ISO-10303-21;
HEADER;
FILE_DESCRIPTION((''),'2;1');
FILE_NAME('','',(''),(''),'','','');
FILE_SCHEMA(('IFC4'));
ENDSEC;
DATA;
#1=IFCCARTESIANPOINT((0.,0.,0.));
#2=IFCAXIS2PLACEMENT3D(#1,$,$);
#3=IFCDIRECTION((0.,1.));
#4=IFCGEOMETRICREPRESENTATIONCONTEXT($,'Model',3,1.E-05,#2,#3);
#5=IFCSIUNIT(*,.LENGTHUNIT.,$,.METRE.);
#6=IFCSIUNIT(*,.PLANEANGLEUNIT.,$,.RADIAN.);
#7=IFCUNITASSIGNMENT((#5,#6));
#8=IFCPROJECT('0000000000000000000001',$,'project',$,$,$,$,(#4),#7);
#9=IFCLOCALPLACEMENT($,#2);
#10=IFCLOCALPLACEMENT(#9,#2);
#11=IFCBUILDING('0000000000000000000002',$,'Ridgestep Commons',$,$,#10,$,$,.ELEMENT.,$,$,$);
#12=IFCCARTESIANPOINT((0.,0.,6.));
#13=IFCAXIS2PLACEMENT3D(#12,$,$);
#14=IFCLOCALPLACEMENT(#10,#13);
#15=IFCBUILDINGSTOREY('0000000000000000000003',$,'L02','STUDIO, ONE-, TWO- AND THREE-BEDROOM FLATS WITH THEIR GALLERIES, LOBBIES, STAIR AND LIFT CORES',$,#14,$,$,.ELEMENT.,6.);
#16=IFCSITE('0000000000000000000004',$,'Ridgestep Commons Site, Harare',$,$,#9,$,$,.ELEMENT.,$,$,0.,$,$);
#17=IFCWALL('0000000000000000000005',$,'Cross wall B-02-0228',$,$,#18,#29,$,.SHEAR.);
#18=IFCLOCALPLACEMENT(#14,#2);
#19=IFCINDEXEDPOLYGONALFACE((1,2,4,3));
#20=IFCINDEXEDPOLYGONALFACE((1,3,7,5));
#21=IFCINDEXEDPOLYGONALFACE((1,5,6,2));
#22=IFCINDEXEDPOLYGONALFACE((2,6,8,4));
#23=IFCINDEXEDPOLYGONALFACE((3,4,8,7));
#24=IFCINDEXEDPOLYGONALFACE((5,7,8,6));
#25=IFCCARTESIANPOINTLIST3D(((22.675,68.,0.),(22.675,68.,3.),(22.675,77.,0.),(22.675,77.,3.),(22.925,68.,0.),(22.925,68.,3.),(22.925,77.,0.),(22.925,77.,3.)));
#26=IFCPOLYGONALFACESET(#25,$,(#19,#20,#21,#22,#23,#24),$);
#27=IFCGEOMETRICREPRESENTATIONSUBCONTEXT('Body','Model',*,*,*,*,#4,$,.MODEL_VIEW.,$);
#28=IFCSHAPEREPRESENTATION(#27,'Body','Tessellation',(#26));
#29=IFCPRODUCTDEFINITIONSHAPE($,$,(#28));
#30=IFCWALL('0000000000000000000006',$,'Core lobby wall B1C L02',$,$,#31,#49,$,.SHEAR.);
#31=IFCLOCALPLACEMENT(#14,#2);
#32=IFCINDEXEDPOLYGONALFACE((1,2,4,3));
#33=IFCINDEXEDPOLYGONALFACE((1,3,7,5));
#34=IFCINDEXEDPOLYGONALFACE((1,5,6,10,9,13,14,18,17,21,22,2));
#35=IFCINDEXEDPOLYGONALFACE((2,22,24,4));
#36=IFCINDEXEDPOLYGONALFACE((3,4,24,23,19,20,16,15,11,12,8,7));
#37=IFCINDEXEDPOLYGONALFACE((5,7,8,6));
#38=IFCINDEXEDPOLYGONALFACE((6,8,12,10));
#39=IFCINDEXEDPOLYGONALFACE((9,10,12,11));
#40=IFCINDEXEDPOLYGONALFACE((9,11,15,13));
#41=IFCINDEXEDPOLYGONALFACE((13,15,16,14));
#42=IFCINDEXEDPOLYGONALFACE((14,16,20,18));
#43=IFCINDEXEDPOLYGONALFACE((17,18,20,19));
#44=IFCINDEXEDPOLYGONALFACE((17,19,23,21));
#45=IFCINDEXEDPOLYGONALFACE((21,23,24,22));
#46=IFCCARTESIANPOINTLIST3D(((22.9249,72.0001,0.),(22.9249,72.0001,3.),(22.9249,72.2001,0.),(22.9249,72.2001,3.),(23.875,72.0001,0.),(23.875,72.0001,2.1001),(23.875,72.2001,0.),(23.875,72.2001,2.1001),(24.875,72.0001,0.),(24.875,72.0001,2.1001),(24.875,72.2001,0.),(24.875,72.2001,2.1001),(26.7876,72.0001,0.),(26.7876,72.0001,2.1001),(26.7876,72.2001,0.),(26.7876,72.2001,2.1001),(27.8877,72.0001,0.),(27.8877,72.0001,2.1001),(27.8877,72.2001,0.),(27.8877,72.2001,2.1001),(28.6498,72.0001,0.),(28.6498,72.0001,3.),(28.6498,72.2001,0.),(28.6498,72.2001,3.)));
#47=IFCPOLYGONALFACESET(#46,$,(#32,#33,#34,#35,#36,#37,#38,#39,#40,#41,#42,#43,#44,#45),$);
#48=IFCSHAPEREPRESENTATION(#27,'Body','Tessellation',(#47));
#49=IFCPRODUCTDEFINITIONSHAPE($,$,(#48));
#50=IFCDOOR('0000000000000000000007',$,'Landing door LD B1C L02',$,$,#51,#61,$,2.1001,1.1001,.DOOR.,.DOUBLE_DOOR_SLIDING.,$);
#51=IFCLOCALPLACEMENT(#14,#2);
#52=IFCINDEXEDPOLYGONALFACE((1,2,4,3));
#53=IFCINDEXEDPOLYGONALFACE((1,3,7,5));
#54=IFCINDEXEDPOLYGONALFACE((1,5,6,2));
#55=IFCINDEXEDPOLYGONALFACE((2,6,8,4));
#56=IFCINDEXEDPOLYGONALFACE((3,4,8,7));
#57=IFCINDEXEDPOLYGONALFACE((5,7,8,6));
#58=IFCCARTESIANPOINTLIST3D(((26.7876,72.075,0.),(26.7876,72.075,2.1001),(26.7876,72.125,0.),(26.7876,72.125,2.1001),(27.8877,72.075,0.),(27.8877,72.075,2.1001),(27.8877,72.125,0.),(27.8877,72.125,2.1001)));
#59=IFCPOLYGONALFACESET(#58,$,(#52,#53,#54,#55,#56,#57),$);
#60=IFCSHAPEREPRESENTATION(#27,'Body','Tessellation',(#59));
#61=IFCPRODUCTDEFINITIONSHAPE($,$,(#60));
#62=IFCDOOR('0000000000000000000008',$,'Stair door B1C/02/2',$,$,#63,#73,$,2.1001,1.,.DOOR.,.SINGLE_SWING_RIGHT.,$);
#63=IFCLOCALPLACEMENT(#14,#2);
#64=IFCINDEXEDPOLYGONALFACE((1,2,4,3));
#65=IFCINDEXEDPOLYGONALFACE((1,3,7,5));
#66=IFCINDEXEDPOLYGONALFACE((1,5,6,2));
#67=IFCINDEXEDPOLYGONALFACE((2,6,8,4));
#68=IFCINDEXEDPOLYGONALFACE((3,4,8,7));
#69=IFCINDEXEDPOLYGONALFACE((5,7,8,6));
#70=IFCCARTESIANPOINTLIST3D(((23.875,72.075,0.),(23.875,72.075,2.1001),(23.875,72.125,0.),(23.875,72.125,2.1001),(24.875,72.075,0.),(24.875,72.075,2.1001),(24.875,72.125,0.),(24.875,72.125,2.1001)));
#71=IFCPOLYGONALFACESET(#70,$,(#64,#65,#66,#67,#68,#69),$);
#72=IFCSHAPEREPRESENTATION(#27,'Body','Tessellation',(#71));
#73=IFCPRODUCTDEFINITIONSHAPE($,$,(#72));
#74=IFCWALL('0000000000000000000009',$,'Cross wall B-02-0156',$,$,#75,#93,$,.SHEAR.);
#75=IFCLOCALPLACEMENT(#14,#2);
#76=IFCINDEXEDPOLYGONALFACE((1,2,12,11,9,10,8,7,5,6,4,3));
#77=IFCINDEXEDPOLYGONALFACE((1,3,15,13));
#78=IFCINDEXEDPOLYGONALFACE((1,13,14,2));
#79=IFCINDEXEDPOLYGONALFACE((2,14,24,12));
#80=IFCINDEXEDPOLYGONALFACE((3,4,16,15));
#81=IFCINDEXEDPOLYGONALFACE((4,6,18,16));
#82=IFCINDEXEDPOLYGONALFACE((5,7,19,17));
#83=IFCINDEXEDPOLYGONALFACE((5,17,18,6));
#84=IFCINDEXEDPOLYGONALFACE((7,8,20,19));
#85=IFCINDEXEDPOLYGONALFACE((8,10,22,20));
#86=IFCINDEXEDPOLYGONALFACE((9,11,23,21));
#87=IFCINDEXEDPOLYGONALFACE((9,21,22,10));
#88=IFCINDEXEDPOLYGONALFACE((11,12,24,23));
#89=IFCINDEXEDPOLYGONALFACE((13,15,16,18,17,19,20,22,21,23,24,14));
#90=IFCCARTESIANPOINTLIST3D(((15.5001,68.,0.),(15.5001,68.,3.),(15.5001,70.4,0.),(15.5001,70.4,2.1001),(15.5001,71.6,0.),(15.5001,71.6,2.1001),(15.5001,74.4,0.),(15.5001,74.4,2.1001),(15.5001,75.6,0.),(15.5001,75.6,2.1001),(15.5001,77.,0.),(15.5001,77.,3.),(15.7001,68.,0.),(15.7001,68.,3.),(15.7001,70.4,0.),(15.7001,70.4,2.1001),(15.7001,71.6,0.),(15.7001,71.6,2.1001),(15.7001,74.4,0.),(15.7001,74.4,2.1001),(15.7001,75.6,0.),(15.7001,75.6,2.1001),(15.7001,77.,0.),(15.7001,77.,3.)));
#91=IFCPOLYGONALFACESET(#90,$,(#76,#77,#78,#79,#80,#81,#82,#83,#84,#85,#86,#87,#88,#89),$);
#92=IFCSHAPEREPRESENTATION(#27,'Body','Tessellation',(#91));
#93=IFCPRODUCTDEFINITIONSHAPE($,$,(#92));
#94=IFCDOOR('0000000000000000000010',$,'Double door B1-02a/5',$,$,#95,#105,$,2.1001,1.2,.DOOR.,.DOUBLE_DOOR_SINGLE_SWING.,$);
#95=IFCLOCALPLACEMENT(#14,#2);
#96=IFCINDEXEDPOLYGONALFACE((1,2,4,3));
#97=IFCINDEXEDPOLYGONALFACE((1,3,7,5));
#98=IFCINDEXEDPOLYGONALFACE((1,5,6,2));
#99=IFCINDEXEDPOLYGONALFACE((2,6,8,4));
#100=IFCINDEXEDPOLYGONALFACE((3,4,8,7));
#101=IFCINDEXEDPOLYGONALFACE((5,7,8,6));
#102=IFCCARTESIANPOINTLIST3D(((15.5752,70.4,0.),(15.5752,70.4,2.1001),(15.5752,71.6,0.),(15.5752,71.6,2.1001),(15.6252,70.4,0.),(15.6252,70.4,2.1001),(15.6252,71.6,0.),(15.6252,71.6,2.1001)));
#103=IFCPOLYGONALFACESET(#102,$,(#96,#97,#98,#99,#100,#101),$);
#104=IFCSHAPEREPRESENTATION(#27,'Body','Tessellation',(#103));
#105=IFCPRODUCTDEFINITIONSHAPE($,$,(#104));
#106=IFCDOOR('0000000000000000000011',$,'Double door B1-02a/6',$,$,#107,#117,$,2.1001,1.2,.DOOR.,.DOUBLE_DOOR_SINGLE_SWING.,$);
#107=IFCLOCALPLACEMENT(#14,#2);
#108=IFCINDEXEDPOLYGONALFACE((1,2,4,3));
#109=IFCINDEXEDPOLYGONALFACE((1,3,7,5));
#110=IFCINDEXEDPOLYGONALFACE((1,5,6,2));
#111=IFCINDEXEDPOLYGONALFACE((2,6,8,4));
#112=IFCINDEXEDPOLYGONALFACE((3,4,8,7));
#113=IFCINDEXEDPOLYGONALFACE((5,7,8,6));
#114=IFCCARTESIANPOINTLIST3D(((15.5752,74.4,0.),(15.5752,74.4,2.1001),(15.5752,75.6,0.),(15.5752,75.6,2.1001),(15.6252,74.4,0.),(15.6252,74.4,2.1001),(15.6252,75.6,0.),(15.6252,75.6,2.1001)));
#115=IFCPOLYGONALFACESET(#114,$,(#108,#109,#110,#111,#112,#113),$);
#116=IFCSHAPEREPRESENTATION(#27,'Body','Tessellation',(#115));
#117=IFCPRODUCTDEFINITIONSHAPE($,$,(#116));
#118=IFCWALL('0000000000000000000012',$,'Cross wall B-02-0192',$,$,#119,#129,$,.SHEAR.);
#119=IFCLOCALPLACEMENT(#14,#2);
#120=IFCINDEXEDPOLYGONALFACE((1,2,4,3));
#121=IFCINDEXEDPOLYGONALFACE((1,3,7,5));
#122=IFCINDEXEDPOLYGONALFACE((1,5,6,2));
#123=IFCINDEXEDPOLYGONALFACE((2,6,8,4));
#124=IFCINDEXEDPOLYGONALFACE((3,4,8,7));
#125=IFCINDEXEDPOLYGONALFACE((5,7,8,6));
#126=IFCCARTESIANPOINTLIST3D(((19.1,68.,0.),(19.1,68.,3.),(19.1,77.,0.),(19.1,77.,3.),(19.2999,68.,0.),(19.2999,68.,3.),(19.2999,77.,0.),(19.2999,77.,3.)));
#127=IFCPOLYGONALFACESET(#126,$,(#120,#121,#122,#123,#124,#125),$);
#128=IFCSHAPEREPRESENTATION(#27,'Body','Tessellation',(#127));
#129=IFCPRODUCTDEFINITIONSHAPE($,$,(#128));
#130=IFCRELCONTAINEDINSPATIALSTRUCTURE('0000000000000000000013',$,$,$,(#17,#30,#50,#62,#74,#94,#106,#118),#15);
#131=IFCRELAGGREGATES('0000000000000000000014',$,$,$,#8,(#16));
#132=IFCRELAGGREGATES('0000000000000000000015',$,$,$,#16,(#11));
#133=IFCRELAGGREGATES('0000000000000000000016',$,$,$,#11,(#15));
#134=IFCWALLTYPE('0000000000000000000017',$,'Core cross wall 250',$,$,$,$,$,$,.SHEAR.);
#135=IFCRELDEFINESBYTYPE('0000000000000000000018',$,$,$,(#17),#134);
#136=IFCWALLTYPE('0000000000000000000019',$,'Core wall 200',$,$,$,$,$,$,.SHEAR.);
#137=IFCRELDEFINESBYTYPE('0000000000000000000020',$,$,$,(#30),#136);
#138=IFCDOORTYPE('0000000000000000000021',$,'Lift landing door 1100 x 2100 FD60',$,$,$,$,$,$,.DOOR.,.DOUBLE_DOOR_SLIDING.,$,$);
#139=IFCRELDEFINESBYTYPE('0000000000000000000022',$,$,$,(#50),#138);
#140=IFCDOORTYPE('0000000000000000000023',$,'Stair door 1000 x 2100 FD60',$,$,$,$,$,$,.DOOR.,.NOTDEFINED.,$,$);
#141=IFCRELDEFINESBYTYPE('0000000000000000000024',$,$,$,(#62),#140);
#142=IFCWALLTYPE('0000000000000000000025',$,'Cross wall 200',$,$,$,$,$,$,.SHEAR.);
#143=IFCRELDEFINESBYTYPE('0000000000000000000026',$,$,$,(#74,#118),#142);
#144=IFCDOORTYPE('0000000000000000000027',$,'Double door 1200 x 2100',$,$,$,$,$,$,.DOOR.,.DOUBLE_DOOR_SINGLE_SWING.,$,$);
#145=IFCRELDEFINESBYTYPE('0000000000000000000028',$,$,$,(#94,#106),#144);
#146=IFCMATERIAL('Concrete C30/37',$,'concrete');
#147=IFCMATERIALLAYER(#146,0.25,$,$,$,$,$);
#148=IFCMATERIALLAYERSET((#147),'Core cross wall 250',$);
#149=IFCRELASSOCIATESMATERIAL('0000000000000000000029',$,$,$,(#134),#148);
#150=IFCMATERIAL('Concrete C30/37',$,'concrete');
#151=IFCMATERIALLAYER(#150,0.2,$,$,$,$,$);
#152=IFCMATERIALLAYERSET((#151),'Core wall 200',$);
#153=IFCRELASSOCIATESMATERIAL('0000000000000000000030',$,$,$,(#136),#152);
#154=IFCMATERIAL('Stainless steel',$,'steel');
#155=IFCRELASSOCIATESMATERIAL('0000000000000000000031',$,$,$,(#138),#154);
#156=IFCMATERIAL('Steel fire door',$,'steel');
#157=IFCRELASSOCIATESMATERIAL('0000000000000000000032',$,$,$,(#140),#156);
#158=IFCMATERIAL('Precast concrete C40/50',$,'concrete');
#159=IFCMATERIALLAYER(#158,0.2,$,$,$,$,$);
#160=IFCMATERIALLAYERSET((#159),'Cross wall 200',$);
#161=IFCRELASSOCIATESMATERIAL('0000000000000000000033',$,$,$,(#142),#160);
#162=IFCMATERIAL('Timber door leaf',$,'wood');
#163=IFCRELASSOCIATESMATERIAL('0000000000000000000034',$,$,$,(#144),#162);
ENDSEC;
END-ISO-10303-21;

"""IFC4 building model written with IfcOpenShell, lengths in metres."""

from ifc_helpers import new_model, si_unit, direction, frame, frame_2d, origin, place, context, subcontext, project, spatial, rectangle, extrude, material, layer, layer_set, type_object, element, fill, save


model = new_model("IFC4")

# Units and contexts
model_context = context("Model", 3, precision=1e-05, world=origin(), true_north=direction((0.0, 1.0)))
body_context = subcontext(model_context, "Body", "Model", "MODEL_VIEW")
ifc_project = project(units=[si_unit("LENGTHUNIT", "METRE"), si_unit("PLANEANGLEUNIT", "RADIAN")], contexts=[model_context])

# Site, building, storey
site_placement = place(None, origin())
site = spatial("IfcSite", under=ifc_project, at=site_placement, Name="Ridgestep Commons Site, Harare", CompositionType="ELEMENT", RefElevation=0.0)
building_placement = place(site_placement, origin())
building = spatial("IfcBuilding", under=site, at=building_placement, Name="Ridgestep Commons", CompositionType="ELEMENT")
storey_placement = place(building_placement, frame((0.0, 0.0, 6.0)))
storey = spatial("IfcBuildingStorey", under=building, at=storey_placement, Name="L02", Description="STUDIO, ONE-, TWO- AND THREE-BEDROOM FLATS WITH THEIR GALLERIES, LOBBIES, STAIR AND LIFT CORES", CompositionType="ELEMENT", Elevation=6.0)

# Wall
ifc_material_1 = material(Name="Concrete C30/37", Category="concrete")
ifc_layer_1 = layer(ifc_material_1, 0.25)
ifc_layer_set_1 = layer_set([ifc_layer_1], Name="Core cross wall 250")
wall_type_1 = type_object("IfcWallType", Name="Core cross wall 250", PredefinedType="SHEAR", material=ifc_layer_set_1)
wall_1_placement = place(storey_placement, frame((22.8, 68.0, 0.0), z_axis=(0.0, 0.0, 1.0), x_axis=(0.0, 1.0, 0.0)))
element("IfcWall", 1, at=wall_1_placement, inside=storey, type_object=wall_type_1, Name="Cross wall B-02-0228", PredefinedType="SHEAR", context=body_context, shape_type="SweptSolid", body=[
    extrude(rectangle(XDim=9.0, YDim=0.25, at=frame_2d((4.5, 0.0))), origin(), (0.0, 0.0, 1.0), 3.0),
])

# Walls, openings, doors
ifc_material_2 = material(Name="Concrete C30/37", Category="concrete")
ifc_layer_2 = layer(ifc_material_2, 0.2)
ifc_layer_set_2 = layer_set([ifc_layer_2], Name="Core wall 200")
wall_type_2 = type_object("IfcWallType", Name="Core wall 200", PredefinedType="SHEAR", material=ifc_layer_set_2)
wall_2_placement = place(storey_placement, frame((22.925, 72.1001, 0.0), z_axis=(0.0, 0.0, 1.0), x_axis=(1.0, 0.0, 0.0)))
wall_2 = element("IfcWall", 2, at=wall_2_placement, inside=storey, type_object=wall_type_2, Name="Core lobby wall B1C L02", PredefinedType="SHEAR", context=body_context, shape_type="SweptSolid", body=[
    extrude(rectangle(XDim=5.7249, YDim=0.2, at=frame_2d((2.8623, 0.0))), origin(), (0.0, 0.0, 1.0), 3.0),
])
opening_1_placement = place(wall_2_placement, frame((0.95, 0.0, 0.0)))
opening_1 = element("IfcOpeningElement", 3, at=opening_1_placement, cuts=wall_2, PredefinedType="OPENING", context=body_context, shape_type="SweptSolid", body=[
    extrude(rectangle(XDim=1.0, YDim=2.1001, at=frame_2d((0.5, 1.05))), frame((0.0, 0.1099, 0.0), z_axis=(0.0, -1.0, 0.0), x_axis=(1.0, 0.0, 0.0)), (0.0, 0.0, 1.0), 0.22),
])
opening_2_placement = place(wall_2_placement, frame((3.8625, 0.0, 0.0)))
opening_2 = element("IfcOpeningElement", 4, at=opening_2_placement, cuts=wall_2, PredefinedType="OPENING", context=body_context, shape_type="SweptSolid", body=[
    extrude(rectangle(XDim=1.1001, YDim=2.1001, at=frame_2d((0.55, 1.05))), frame((0.0, 0.1099, 0.0), z_axis=(0.0, -1.0, 0.0), x_axis=(1.0, 0.0, 0.0)), (0.0, 0.0, 1.0), 0.22),
])
ifc_material_3 = material(Name="Stainless steel", Category="steel")
door_type_1 = type_object("IfcDoorType", Name="Lift landing door 1100 x 2100 FD60", OperationType="DOUBLE_DOOR_SLIDING", PredefinedType="DOOR", material=ifc_material_3)
door_1_placement = place(opening_2_placement, origin())
door_1 = element("IfcDoor", 5, at=door_1_placement, inside=storey, type_object=door_type_1, Name="Landing door LD B1C L02", OperationType="DOUBLE_DOOR_SLIDING", OverallHeight=2.1001, OverallWidth=1.1001, PredefinedType="DOOR", context=body_context, shape_type="SweptSolid", body=[
    extrude(rectangle(XDim=1.1001, YDim=2.1001, at=frame_2d((0.55, 1.05))), frame((0.0, 0.0249, 0.0), z_axis=(0.0, -1.0, 0.0), x_axis=(1.0, 0.0, 0.0)), (0.0, 0.0, 1.0), 0.05),
])
fill(opening_2, door_1)
ifc_material_4 = material(Name="Steel fire door", Category="steel")
door_type_2 = type_object("IfcDoorType", Name="Stair door 1000 x 2100 FD60", OperationType="NOTDEFINED", PredefinedType="DOOR", material=ifc_material_4)
door_2_placement = place(opening_1_placement, origin())
door_2 = element("IfcDoor", 6, at=door_2_placement, inside=storey, type_object=door_type_2, Name="Stair door B1C/02/2", OperationType="SINGLE_SWING_RIGHT", OverallHeight=2.1001, OverallWidth=1.0, PredefinedType="DOOR", context=body_context, shape_type="SweptSolid", body=[
    extrude(rectangle(XDim=1.0, YDim=2.1001, at=frame_2d((0.5, 1.05))), frame((0.0, 0.0249, 0.0), z_axis=(0.0, -1.0, 0.0), x_axis=(1.0, 0.0, 0.0)), (0.0, 0.0, 1.0), 0.05),
])
fill(opening_1, door_2)
ifc_material_5 = material(Name="Precast concrete C40/50", Category="concrete")
ifc_layer_3 = layer(ifc_material_5, 0.2)
ifc_layer_set_3 = layer_set([ifc_layer_3], Name="Cross wall 200")
wall_type_3 = type_object("IfcWallType", Name="Cross wall 200", PredefinedType="SHEAR", material=ifc_layer_set_3)
wall_3_placement = place(storey_placement, frame((15.6001, 68.0, 0.0), z_axis=(0.0, 0.0, 1.0), x_axis=(0.0, 1.0, 0.0)))
wall_3 = element("IfcWall", 7, at=wall_3_placement, inside=storey, type_object=wall_type_3, Name="Cross wall B-02-0156", PredefinedType="SHEAR", context=body_context, shape_type="SweptSolid", body=[
    extrude(rectangle(XDim=9.0, YDim=0.2, at=frame_2d((4.5, 0.0))), origin(), (0.0, 0.0, 1.0), 3.0),
])
opening_3_placement = place(wall_3_placement, frame((2.3999, 0.0, 0.0)))
opening_3 = element("IfcOpeningElement", 8, at=opening_3_placement, cuts=wall_3, PredefinedType="OPENING", context=body_context, shape_type="SweptSolid", body=[
    extrude(rectangle(XDim=1.2, YDim=2.1001, at=frame_2d((0.6001, 1.05))), frame((0.0, 0.1099, 0.0), z_axis=(0.0, -1.0, 0.0), x_axis=(1.0, 0.0, 0.0)), (0.0, 0.0, 1.0), 0.22),
])
opening_4_placement = place(wall_3_placement, frame((6.3999, 0.0, 0.0)))
opening_4 = element("IfcOpeningElement", 9, at=opening_4_placement, cuts=wall_3, PredefinedType="OPENING", context=body_context, shape_type="SweptSolid", body=[
    extrude(rectangle(XDim=1.2, YDim=2.1001, at=frame_2d((0.6001, 1.05))), frame((0.0, 0.1099, 0.0), z_axis=(0.0, -1.0, 0.0), x_axis=(1.0, 0.0, 0.0)), (0.0, 0.0, 1.0), 0.22),
])
ifc_material_6 = material(Name="Timber door leaf", Category="wood")
door_type_3 = type_object("IfcDoorType", Name="Double door 1200 x 2100", OperationType="DOUBLE_DOOR_SINGLE_SWING", PredefinedType="DOOR", material=ifc_material_6)
door_3_placement = place(opening_3_placement, origin())
door_3 = element("IfcDoor", 10, at=door_3_placement, inside=storey, type_object=door_type_3, Name="Double door B1-02a/5", OperationType="DOUBLE_DOOR_SINGLE_SWING", OverallHeight=2.1001, OverallWidth=1.2, PredefinedType="DOOR", context=body_context, shape_type="SweptSolid", body=[
    extrude(rectangle(XDim=1.2, YDim=2.1001, at=frame_2d((0.6001, 1.05))), frame((0.0, 0.0249, 0.0), z_axis=(0.0, -1.0, 0.0), x_axis=(1.0, 0.0, 0.0)), (0.0, 0.0, 1.0), 0.05),
])
fill(opening_3, door_3)
door_4_placement = place(opening_4_placement, origin())
door_4 = element("IfcDoor", 11, at=door_4_placement, inside=storey, type_object=door_type_3, Name="Double door B1-02a/6", OperationType="DOUBLE_DOOR_SINGLE_SWING", OverallHeight=2.1001, OverallWidth=1.2, PredefinedType="DOOR", context=body_context, shape_type="SweptSolid", body=[
    extrude(rectangle(XDim=1.2, YDim=2.1001, at=frame_2d((0.6001, 1.05))), frame((0.0, 0.0249, 0.0), z_axis=(0.0, -1.0, 0.0), x_axis=(1.0, 0.0, 0.0)), (0.0, 0.0, 1.0), 0.05),
])
fill(opening_4, door_4)

# Wall
wall_4_placement = place(storey_placement, frame((19.2, 68.0, 0.0), z_axis=(0.0, 0.0, 1.0), x_axis=(0.0, 1.0, 0.0)))
element("IfcWall", 12, at=wall_4_placement, inside=storey, type_object=wall_type_3, Name="Cross wall B-02-0192", PredefinedType="SHEAR", context=body_context, shape_type="SweptSolid", body=[
    extrude(rectangle(XDim=9.0, YDim=0.2, at=frame_2d((4.5, 0.0))), origin(), (0.0, 0.0, 1.0), 3.0),
])

save(model, "model.ifc")
